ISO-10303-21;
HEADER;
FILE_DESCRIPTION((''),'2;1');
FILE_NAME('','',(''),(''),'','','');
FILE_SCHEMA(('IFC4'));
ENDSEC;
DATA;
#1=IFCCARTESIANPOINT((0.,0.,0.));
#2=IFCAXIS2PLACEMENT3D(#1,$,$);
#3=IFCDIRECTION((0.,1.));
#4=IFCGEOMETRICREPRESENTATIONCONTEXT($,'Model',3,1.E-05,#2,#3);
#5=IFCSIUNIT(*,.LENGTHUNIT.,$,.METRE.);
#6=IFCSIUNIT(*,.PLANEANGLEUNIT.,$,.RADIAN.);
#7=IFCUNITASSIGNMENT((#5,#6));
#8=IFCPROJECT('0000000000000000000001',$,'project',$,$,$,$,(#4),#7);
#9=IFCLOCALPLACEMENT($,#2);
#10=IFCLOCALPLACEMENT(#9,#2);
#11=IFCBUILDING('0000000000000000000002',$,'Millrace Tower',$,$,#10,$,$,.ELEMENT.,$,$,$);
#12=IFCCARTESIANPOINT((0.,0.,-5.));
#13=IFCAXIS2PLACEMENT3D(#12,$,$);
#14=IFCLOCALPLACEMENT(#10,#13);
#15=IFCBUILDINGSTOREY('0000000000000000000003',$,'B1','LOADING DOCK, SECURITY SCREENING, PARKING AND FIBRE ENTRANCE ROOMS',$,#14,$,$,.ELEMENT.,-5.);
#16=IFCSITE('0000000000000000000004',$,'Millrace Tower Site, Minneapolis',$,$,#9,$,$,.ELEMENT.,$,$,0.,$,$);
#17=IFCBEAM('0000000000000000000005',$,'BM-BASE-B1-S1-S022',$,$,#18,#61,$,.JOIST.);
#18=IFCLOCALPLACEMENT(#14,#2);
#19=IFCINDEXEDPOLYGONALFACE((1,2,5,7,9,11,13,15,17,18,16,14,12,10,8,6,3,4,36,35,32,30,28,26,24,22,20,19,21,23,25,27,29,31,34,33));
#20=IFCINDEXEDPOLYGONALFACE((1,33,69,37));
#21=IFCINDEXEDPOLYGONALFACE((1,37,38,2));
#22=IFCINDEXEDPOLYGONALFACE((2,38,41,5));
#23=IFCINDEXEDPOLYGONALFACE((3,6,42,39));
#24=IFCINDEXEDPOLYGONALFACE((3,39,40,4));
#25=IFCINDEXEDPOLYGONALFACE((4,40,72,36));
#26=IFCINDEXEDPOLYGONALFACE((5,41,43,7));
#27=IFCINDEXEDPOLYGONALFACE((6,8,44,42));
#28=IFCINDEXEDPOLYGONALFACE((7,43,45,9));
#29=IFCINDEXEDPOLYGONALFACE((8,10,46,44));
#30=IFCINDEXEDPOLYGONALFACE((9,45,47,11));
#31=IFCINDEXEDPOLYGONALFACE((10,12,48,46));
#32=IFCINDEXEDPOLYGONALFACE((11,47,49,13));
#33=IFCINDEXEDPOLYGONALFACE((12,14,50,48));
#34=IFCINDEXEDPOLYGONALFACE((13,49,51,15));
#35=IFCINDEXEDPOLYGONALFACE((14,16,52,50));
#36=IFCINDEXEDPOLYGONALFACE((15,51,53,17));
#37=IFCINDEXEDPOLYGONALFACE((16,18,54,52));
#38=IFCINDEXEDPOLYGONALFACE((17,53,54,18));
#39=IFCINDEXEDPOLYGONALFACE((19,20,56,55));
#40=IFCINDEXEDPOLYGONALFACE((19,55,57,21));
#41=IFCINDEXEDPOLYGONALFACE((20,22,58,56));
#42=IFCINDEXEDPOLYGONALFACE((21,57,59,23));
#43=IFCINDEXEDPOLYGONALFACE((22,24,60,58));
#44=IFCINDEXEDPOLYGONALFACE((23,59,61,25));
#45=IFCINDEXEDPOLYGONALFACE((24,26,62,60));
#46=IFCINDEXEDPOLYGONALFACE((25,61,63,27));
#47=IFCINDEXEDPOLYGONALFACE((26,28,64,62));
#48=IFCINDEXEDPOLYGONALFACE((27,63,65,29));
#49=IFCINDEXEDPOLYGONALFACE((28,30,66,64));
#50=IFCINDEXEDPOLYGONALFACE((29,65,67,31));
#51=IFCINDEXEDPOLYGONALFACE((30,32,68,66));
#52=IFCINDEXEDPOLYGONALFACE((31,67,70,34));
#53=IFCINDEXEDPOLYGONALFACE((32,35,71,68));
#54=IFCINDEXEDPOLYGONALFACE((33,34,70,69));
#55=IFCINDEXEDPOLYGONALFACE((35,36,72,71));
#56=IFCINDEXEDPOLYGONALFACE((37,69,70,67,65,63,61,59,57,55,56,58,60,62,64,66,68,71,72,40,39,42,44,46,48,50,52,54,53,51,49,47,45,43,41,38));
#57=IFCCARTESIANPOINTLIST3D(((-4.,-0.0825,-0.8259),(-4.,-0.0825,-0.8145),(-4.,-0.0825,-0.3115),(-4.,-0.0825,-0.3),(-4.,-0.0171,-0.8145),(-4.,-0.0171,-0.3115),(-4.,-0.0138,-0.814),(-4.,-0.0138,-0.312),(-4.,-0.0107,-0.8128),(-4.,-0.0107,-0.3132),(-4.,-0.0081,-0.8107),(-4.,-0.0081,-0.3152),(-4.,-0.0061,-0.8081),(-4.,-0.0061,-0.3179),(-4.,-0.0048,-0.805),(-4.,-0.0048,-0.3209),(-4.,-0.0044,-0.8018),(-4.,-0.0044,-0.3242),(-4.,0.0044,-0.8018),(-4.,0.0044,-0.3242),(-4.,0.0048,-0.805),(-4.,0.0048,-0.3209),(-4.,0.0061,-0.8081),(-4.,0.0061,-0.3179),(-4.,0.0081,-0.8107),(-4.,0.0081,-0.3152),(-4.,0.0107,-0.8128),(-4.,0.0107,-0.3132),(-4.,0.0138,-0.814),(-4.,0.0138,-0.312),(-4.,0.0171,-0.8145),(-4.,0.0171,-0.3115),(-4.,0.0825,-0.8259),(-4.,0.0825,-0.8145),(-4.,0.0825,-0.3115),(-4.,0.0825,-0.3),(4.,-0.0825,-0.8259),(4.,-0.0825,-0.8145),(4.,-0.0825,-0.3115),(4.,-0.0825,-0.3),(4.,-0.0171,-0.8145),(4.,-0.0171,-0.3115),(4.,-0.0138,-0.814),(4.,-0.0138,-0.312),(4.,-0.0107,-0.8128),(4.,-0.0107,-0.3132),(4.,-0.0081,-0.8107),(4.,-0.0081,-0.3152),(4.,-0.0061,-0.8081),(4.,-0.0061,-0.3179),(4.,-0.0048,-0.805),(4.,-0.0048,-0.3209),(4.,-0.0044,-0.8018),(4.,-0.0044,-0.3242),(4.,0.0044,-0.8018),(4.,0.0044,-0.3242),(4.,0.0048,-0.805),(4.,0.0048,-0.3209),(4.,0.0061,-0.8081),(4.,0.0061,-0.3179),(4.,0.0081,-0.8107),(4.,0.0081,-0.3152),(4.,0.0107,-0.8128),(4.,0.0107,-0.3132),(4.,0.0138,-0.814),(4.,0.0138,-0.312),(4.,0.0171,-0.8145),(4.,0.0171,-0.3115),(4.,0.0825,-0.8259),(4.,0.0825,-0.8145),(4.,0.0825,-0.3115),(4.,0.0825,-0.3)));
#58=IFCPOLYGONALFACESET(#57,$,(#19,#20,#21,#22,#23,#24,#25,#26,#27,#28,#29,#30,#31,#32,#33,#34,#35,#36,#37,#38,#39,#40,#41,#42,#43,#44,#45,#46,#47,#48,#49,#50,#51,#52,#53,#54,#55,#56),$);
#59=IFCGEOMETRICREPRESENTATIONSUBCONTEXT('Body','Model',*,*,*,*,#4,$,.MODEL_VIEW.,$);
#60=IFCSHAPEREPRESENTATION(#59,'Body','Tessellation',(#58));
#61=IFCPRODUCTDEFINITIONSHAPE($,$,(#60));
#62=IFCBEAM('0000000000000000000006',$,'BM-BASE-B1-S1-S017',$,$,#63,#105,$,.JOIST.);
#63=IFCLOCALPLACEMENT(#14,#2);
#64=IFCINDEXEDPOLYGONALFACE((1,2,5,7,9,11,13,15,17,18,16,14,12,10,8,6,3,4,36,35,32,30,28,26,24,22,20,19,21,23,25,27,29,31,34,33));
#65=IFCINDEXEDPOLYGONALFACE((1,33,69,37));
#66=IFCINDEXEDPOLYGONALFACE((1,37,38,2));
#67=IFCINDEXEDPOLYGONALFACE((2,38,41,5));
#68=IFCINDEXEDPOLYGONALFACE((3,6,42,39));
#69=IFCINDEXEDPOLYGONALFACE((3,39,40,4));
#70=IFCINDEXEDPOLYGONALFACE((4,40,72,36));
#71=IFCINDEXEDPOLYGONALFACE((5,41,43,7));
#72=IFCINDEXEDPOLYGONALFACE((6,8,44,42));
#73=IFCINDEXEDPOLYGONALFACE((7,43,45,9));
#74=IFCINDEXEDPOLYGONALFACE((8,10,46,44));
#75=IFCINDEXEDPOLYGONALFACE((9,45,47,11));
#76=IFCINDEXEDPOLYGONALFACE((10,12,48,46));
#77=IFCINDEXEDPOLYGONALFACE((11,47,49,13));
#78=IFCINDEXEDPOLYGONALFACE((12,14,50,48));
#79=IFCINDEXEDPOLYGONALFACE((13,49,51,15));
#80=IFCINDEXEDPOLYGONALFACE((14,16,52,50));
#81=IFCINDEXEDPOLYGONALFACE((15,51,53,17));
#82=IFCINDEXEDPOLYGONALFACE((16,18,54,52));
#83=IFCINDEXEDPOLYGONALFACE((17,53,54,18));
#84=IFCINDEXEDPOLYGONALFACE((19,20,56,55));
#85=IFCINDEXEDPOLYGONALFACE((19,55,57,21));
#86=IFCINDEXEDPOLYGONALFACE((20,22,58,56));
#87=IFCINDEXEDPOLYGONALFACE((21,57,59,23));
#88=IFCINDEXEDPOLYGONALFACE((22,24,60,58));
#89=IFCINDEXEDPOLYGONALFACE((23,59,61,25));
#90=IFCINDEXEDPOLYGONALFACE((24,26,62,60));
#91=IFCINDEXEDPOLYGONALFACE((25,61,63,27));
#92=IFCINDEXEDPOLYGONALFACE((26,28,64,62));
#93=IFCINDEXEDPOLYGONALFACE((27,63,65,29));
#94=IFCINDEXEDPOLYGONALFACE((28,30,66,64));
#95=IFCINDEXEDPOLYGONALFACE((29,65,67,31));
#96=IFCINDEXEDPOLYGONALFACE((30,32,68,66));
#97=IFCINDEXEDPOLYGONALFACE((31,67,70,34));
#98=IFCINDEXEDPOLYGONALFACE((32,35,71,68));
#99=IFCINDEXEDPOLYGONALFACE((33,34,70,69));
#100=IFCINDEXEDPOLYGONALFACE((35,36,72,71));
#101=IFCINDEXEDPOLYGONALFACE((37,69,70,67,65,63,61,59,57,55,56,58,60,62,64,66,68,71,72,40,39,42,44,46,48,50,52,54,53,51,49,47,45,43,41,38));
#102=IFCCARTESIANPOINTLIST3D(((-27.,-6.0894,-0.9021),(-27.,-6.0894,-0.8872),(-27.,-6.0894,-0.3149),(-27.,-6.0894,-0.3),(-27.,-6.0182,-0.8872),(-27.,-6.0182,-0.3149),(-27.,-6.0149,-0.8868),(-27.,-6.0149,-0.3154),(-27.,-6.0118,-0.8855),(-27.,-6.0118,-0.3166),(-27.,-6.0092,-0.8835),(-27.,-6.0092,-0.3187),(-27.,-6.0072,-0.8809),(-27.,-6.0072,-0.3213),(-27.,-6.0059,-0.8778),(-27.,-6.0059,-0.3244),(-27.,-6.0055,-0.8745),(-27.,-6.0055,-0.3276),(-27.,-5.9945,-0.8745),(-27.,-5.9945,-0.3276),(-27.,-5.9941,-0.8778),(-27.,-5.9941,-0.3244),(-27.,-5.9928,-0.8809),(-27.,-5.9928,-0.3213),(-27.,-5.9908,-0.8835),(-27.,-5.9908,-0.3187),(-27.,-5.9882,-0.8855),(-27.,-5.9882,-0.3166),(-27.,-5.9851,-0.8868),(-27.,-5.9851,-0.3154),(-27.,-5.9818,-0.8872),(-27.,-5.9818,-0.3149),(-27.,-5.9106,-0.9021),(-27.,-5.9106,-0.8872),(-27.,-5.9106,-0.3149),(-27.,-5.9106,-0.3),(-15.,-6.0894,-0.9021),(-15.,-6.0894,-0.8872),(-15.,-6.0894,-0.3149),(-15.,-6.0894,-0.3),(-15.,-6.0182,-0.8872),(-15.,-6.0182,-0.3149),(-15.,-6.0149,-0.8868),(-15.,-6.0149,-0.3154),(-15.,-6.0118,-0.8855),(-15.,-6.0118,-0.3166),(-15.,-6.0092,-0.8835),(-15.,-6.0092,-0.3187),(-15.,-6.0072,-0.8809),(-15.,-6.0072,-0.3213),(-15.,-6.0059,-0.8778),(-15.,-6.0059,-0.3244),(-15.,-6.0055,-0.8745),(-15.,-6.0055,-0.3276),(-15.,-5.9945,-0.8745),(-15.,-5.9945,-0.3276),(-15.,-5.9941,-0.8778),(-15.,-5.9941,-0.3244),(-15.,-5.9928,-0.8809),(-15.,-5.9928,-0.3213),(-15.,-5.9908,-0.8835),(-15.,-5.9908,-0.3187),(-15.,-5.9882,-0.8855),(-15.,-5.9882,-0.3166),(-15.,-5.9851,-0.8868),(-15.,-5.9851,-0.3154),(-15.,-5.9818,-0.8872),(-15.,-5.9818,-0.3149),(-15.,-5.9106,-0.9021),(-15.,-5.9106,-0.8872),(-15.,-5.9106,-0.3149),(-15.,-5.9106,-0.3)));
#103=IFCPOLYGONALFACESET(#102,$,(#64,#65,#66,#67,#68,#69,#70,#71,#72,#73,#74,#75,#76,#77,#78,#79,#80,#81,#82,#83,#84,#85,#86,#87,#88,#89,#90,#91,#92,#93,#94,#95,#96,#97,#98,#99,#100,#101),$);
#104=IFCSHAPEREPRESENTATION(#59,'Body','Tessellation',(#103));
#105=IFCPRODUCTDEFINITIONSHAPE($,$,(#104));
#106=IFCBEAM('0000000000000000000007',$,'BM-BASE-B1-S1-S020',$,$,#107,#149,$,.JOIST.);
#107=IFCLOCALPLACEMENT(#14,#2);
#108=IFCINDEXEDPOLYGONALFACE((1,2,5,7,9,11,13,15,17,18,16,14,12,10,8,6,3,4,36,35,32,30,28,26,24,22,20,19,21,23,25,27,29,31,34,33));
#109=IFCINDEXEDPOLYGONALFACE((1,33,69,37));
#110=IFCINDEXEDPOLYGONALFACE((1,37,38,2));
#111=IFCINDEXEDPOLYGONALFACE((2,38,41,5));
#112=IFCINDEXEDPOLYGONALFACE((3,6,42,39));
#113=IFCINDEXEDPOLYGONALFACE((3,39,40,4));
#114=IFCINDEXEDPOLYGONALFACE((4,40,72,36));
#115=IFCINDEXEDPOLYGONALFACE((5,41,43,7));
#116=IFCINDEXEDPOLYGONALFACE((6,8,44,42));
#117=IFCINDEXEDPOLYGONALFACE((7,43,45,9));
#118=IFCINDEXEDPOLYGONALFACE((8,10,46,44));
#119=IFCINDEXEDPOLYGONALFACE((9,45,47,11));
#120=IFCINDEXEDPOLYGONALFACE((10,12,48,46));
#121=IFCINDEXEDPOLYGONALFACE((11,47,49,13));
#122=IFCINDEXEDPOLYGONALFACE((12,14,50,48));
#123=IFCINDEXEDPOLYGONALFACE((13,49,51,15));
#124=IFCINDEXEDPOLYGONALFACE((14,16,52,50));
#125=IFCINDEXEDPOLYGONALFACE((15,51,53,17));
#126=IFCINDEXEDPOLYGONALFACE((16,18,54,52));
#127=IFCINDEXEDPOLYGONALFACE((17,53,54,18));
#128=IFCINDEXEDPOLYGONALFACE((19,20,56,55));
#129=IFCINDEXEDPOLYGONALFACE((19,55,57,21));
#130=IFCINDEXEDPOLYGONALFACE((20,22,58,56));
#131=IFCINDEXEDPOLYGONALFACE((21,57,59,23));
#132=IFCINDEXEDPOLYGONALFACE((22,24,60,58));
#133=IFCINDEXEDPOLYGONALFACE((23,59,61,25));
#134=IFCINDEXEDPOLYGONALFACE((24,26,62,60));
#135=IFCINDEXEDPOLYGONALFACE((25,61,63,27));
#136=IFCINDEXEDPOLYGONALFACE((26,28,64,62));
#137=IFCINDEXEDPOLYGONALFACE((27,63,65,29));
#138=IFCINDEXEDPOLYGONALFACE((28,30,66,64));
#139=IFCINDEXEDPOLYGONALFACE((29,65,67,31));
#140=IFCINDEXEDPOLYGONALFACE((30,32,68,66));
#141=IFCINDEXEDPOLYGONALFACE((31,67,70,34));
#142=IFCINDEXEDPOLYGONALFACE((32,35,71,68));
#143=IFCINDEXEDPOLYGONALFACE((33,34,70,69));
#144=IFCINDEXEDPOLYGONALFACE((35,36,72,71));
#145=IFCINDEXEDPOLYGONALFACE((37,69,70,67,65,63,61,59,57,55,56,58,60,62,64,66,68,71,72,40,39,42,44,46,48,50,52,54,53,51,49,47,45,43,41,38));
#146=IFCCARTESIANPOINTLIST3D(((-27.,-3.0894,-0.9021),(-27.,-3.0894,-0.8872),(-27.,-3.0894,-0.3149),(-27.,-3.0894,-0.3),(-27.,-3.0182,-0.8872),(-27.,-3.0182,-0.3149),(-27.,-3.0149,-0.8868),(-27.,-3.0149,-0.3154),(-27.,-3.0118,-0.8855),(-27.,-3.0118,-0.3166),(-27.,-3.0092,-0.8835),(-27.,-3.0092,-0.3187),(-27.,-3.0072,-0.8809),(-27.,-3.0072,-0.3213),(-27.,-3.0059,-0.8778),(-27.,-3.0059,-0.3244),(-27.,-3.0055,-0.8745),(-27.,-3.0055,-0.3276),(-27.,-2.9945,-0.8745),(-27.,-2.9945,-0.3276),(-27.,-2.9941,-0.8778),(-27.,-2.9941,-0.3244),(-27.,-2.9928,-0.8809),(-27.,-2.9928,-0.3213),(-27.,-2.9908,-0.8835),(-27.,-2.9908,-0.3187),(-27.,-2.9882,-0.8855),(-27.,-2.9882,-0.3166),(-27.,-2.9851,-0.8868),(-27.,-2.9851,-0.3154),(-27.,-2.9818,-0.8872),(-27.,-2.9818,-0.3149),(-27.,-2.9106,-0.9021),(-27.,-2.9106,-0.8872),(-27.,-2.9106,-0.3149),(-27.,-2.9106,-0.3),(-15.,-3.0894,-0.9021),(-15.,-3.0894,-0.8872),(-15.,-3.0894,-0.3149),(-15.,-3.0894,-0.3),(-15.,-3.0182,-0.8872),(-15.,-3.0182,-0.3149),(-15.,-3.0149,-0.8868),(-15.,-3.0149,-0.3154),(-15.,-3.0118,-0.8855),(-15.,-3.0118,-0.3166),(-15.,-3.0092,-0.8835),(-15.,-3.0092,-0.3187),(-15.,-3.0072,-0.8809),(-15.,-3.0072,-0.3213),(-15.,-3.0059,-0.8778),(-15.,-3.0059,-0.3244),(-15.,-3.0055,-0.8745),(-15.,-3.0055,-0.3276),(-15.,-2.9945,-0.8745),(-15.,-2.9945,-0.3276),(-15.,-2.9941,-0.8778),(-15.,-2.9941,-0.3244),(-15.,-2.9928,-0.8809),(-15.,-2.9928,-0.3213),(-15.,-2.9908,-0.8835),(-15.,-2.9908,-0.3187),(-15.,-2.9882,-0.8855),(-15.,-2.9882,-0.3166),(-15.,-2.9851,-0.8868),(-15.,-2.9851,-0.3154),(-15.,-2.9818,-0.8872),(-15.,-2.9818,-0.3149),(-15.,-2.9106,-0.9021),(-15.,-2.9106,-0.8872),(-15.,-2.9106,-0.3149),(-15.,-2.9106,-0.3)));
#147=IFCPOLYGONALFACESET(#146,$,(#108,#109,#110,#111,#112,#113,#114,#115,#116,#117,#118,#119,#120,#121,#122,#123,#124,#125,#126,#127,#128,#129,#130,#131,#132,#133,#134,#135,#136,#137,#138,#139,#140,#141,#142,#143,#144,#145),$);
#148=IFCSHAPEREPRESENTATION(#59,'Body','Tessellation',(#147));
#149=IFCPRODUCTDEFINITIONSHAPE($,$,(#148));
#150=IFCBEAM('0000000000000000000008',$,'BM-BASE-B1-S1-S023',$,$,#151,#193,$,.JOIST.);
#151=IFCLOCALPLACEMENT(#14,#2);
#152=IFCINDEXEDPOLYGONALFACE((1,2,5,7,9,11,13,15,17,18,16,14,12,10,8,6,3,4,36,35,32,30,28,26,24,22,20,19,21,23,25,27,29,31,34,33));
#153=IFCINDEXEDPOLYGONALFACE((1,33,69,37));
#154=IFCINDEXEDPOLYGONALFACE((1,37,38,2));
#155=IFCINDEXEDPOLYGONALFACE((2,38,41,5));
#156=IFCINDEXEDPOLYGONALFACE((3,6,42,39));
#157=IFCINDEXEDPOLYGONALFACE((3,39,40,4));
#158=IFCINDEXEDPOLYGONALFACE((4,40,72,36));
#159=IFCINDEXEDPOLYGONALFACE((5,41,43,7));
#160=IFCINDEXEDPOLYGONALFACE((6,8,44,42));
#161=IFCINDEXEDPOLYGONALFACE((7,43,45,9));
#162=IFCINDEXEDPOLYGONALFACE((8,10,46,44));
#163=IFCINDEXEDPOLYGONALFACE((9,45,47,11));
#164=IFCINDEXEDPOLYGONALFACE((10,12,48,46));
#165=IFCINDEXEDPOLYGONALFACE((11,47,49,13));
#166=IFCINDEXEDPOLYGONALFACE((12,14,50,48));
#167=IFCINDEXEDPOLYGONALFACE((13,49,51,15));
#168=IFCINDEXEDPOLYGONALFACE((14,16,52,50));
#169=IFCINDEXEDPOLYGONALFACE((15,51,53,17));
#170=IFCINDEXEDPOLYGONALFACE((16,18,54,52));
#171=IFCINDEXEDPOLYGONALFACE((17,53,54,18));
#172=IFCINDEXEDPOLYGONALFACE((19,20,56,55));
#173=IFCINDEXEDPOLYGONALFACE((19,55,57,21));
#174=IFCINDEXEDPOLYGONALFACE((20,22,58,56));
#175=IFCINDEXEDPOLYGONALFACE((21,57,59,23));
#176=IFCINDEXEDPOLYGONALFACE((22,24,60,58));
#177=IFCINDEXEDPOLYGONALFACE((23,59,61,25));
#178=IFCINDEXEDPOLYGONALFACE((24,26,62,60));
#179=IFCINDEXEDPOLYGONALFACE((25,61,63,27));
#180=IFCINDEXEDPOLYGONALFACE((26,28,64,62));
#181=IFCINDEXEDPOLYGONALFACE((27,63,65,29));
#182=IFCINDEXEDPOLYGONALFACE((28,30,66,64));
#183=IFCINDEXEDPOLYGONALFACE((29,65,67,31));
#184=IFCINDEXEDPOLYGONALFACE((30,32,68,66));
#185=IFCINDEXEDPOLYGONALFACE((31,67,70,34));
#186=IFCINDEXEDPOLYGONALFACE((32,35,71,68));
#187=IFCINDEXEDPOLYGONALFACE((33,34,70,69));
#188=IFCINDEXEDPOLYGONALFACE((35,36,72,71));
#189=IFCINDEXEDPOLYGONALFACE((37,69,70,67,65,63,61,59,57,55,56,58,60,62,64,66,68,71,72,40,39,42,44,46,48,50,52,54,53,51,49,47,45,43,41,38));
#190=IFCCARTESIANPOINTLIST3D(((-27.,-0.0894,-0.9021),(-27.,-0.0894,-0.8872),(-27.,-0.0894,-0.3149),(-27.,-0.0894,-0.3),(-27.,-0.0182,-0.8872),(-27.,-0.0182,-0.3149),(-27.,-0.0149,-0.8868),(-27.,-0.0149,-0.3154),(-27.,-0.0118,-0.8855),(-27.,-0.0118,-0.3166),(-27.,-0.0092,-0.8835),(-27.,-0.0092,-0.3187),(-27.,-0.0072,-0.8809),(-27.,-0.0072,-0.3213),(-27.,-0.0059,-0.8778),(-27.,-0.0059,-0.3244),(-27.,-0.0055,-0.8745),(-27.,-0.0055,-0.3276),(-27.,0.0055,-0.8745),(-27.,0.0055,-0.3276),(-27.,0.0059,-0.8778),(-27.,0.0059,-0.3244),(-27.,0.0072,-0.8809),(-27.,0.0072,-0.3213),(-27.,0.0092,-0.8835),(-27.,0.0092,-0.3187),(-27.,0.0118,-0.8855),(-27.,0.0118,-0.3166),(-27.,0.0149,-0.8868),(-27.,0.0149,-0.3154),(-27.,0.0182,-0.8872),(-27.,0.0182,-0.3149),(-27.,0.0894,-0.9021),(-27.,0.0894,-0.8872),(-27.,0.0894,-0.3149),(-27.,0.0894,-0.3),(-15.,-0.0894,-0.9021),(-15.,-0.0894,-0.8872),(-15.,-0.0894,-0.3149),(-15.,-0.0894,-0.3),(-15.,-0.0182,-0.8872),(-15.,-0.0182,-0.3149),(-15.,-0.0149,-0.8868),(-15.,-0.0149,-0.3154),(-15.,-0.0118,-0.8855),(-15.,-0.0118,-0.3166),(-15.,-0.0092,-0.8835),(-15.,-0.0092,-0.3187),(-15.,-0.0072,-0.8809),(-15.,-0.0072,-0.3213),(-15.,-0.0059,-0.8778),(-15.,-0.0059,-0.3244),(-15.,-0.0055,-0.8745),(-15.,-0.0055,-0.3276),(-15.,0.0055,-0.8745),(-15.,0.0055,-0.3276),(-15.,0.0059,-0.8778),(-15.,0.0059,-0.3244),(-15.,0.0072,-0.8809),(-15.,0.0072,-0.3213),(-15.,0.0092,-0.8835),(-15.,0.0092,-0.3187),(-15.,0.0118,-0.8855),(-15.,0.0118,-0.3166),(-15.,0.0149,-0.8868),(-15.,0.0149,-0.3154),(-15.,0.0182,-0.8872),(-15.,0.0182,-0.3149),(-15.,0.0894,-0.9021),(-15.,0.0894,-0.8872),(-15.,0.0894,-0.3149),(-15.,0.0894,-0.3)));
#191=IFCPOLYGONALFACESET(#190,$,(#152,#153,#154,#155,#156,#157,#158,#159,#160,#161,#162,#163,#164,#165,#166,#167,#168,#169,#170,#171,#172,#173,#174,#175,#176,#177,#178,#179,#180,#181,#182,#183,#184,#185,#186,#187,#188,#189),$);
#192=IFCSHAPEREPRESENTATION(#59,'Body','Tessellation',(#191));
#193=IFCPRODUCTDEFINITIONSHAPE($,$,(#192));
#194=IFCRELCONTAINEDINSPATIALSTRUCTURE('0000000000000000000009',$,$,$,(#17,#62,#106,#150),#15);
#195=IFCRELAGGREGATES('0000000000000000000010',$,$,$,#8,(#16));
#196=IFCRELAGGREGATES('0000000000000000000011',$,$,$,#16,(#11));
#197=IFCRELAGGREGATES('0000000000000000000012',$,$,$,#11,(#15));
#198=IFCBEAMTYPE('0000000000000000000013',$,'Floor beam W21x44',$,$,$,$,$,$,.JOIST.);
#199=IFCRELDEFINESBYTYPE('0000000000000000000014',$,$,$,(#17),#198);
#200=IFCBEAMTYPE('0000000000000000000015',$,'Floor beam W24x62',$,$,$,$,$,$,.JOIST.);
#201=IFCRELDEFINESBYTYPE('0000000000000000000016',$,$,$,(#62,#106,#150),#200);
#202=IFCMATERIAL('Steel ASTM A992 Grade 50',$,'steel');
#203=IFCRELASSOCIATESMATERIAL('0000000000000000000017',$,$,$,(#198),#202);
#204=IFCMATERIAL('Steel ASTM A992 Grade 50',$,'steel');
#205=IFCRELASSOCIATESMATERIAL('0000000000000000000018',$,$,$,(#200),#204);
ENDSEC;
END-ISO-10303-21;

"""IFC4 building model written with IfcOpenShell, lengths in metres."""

from ifc_helpers import new_model, si_unit, direction, frame, origin, origin_2d, place, context, subcontext, project, spatial, i_section, extrude, material, material_profile, profile_set, type_object, element, save


model = new_model("IFC4")

# Units and contexts
model_context = context("Model", 3, precision=1e-05, world=origin(), true_north=direction((0.0, 1.0)))
body_context = subcontext(model_context, "Body", "Model", "MODEL_VIEW")
ifc_project = project(units=[si_unit("LENGTHUNIT", "METRE"), si_unit("PLANEANGLEUNIT", "RADIAN")], contexts=[model_context])

# Site, building, storey
site_placement = place(None, origin())
site = spatial("IfcSite", under=ifc_project, at=site_placement, Name="Millrace Tower Site, Minneapolis", CompositionType="ELEMENT", RefElevation=0.0)
building_placement = place(site_placement, origin())
building = spatial("IfcBuilding", under=site, at=building_placement, Name="Millrace Tower", CompositionType="ELEMENT")
storey_placement = place(building_placement, frame((0.0, 0.0, -5.0)))
storey = spatial("IfcBuildingStorey", under=building, at=storey_placement, Name="B1", Description="LOADING DOCK, SECURITY SCREENING, PARKING AND FIBRE ENTRANCE ROOMS", CompositionType="ELEMENT", Elevation=-5.0)

# Beams
ifc_material_1 = material(Name="Steel ASTM A992 Grade 50", Category="steel")
ifc_material_profile_1 = material_profile(ifc_material_1, i_section(OverallWidth=0.165, OverallDepth=0.5259, WebThickness=0.0088, FlangeThickness=0.0115, FilletRadius=0.0127, at=origin_2d()))
ifc_profile_set_1 = profile_set([ifc_material_profile_1], Name="Steel ASTM A992 Grade 50")
beam_type_1 = type_object("IfcBeamType", Name="Floor beam W21x44", PredefinedType="JOIST", material=ifc_profile_set_1)
for number, where, z_axis, x_axis, name in (
    (1, (-4.0, 0.0, -0.563), (1.0, 0.0, 0.0), (0.0, 1.0, 0.0), "BM-BASE-B1-S1-S022"),
):
    element("IfcBeam", number, at=place(storey_placement, frame(where, z_axis=z_axis, x_axis=x_axis)), inside=storey, type_object=beam_type_1, Name=name, PredefinedType="JOIST", context=body_context, shape_type="SweptSolid", body=[
        extrude(i_section(OverallWidth=0.165, OverallDepth=0.5259, WebThickness=0.0088, FlangeThickness=0.0115, FilletRadius=0.0127, at=origin_2d()), origin(), (0.0, 0.0, 1.0), 8.0),
    ])
ifc_material_2 = material(Name="Steel ASTM A992 Grade 50", Category="steel")
ifc_material_profile_2 = material_profile(ifc_material_2, i_section(OverallWidth=0.1787, OverallDepth=0.6021, WebThickness=0.011, FlangeThickness=0.0149, FilletRadius=0.0127, at=origin_2d()))
ifc_profile_set_2 = profile_set([ifc_material_profile_2], Name="Steel ASTM A992 Grade 50")
beam_type_2 = type_object("IfcBeamType", Name="Floor beam W24x62", PredefinedType="JOIST", material=ifc_profile_set_2)
for number, where, z_axis, x_axis, name in (
    (2, (-27.0, -6.0, -0.6011), (1.0, 0.0, 0.0), (0.0, 1.0, 0.0), "BM-BASE-B1-S1-S017"),
    (3, (-27.0, -3.0, -0.6011), (1.0, 0.0, 0.0), (0.0, 1.0, 0.0), "BM-BASE-B1-S1-S020"),
    (4, (-27.0, 0.0, -0.6011), (1.0, 0.0, 0.0), (0.0, 1.0, 0.0), "BM-BASE-B1-S1-S023"),
):
    element("IfcBeam", number, at=place(storey_placement, frame(where, z_axis=z_axis, x_axis=x_axis)), inside=storey, type_object=beam_type_2, Name=name, PredefinedType="JOIST", context=body_context, shape_type="SweptSolid", body=[
        extrude(i_section(OverallWidth=0.1787, OverallDepth=0.6021, WebThickness=0.011, FlangeThickness=0.0149, FilletRadius=0.0127, at=origin_2d()), origin(), (0.0, 0.0, 1.0), 12.0),
    ])

save(model, "model.ifc")
